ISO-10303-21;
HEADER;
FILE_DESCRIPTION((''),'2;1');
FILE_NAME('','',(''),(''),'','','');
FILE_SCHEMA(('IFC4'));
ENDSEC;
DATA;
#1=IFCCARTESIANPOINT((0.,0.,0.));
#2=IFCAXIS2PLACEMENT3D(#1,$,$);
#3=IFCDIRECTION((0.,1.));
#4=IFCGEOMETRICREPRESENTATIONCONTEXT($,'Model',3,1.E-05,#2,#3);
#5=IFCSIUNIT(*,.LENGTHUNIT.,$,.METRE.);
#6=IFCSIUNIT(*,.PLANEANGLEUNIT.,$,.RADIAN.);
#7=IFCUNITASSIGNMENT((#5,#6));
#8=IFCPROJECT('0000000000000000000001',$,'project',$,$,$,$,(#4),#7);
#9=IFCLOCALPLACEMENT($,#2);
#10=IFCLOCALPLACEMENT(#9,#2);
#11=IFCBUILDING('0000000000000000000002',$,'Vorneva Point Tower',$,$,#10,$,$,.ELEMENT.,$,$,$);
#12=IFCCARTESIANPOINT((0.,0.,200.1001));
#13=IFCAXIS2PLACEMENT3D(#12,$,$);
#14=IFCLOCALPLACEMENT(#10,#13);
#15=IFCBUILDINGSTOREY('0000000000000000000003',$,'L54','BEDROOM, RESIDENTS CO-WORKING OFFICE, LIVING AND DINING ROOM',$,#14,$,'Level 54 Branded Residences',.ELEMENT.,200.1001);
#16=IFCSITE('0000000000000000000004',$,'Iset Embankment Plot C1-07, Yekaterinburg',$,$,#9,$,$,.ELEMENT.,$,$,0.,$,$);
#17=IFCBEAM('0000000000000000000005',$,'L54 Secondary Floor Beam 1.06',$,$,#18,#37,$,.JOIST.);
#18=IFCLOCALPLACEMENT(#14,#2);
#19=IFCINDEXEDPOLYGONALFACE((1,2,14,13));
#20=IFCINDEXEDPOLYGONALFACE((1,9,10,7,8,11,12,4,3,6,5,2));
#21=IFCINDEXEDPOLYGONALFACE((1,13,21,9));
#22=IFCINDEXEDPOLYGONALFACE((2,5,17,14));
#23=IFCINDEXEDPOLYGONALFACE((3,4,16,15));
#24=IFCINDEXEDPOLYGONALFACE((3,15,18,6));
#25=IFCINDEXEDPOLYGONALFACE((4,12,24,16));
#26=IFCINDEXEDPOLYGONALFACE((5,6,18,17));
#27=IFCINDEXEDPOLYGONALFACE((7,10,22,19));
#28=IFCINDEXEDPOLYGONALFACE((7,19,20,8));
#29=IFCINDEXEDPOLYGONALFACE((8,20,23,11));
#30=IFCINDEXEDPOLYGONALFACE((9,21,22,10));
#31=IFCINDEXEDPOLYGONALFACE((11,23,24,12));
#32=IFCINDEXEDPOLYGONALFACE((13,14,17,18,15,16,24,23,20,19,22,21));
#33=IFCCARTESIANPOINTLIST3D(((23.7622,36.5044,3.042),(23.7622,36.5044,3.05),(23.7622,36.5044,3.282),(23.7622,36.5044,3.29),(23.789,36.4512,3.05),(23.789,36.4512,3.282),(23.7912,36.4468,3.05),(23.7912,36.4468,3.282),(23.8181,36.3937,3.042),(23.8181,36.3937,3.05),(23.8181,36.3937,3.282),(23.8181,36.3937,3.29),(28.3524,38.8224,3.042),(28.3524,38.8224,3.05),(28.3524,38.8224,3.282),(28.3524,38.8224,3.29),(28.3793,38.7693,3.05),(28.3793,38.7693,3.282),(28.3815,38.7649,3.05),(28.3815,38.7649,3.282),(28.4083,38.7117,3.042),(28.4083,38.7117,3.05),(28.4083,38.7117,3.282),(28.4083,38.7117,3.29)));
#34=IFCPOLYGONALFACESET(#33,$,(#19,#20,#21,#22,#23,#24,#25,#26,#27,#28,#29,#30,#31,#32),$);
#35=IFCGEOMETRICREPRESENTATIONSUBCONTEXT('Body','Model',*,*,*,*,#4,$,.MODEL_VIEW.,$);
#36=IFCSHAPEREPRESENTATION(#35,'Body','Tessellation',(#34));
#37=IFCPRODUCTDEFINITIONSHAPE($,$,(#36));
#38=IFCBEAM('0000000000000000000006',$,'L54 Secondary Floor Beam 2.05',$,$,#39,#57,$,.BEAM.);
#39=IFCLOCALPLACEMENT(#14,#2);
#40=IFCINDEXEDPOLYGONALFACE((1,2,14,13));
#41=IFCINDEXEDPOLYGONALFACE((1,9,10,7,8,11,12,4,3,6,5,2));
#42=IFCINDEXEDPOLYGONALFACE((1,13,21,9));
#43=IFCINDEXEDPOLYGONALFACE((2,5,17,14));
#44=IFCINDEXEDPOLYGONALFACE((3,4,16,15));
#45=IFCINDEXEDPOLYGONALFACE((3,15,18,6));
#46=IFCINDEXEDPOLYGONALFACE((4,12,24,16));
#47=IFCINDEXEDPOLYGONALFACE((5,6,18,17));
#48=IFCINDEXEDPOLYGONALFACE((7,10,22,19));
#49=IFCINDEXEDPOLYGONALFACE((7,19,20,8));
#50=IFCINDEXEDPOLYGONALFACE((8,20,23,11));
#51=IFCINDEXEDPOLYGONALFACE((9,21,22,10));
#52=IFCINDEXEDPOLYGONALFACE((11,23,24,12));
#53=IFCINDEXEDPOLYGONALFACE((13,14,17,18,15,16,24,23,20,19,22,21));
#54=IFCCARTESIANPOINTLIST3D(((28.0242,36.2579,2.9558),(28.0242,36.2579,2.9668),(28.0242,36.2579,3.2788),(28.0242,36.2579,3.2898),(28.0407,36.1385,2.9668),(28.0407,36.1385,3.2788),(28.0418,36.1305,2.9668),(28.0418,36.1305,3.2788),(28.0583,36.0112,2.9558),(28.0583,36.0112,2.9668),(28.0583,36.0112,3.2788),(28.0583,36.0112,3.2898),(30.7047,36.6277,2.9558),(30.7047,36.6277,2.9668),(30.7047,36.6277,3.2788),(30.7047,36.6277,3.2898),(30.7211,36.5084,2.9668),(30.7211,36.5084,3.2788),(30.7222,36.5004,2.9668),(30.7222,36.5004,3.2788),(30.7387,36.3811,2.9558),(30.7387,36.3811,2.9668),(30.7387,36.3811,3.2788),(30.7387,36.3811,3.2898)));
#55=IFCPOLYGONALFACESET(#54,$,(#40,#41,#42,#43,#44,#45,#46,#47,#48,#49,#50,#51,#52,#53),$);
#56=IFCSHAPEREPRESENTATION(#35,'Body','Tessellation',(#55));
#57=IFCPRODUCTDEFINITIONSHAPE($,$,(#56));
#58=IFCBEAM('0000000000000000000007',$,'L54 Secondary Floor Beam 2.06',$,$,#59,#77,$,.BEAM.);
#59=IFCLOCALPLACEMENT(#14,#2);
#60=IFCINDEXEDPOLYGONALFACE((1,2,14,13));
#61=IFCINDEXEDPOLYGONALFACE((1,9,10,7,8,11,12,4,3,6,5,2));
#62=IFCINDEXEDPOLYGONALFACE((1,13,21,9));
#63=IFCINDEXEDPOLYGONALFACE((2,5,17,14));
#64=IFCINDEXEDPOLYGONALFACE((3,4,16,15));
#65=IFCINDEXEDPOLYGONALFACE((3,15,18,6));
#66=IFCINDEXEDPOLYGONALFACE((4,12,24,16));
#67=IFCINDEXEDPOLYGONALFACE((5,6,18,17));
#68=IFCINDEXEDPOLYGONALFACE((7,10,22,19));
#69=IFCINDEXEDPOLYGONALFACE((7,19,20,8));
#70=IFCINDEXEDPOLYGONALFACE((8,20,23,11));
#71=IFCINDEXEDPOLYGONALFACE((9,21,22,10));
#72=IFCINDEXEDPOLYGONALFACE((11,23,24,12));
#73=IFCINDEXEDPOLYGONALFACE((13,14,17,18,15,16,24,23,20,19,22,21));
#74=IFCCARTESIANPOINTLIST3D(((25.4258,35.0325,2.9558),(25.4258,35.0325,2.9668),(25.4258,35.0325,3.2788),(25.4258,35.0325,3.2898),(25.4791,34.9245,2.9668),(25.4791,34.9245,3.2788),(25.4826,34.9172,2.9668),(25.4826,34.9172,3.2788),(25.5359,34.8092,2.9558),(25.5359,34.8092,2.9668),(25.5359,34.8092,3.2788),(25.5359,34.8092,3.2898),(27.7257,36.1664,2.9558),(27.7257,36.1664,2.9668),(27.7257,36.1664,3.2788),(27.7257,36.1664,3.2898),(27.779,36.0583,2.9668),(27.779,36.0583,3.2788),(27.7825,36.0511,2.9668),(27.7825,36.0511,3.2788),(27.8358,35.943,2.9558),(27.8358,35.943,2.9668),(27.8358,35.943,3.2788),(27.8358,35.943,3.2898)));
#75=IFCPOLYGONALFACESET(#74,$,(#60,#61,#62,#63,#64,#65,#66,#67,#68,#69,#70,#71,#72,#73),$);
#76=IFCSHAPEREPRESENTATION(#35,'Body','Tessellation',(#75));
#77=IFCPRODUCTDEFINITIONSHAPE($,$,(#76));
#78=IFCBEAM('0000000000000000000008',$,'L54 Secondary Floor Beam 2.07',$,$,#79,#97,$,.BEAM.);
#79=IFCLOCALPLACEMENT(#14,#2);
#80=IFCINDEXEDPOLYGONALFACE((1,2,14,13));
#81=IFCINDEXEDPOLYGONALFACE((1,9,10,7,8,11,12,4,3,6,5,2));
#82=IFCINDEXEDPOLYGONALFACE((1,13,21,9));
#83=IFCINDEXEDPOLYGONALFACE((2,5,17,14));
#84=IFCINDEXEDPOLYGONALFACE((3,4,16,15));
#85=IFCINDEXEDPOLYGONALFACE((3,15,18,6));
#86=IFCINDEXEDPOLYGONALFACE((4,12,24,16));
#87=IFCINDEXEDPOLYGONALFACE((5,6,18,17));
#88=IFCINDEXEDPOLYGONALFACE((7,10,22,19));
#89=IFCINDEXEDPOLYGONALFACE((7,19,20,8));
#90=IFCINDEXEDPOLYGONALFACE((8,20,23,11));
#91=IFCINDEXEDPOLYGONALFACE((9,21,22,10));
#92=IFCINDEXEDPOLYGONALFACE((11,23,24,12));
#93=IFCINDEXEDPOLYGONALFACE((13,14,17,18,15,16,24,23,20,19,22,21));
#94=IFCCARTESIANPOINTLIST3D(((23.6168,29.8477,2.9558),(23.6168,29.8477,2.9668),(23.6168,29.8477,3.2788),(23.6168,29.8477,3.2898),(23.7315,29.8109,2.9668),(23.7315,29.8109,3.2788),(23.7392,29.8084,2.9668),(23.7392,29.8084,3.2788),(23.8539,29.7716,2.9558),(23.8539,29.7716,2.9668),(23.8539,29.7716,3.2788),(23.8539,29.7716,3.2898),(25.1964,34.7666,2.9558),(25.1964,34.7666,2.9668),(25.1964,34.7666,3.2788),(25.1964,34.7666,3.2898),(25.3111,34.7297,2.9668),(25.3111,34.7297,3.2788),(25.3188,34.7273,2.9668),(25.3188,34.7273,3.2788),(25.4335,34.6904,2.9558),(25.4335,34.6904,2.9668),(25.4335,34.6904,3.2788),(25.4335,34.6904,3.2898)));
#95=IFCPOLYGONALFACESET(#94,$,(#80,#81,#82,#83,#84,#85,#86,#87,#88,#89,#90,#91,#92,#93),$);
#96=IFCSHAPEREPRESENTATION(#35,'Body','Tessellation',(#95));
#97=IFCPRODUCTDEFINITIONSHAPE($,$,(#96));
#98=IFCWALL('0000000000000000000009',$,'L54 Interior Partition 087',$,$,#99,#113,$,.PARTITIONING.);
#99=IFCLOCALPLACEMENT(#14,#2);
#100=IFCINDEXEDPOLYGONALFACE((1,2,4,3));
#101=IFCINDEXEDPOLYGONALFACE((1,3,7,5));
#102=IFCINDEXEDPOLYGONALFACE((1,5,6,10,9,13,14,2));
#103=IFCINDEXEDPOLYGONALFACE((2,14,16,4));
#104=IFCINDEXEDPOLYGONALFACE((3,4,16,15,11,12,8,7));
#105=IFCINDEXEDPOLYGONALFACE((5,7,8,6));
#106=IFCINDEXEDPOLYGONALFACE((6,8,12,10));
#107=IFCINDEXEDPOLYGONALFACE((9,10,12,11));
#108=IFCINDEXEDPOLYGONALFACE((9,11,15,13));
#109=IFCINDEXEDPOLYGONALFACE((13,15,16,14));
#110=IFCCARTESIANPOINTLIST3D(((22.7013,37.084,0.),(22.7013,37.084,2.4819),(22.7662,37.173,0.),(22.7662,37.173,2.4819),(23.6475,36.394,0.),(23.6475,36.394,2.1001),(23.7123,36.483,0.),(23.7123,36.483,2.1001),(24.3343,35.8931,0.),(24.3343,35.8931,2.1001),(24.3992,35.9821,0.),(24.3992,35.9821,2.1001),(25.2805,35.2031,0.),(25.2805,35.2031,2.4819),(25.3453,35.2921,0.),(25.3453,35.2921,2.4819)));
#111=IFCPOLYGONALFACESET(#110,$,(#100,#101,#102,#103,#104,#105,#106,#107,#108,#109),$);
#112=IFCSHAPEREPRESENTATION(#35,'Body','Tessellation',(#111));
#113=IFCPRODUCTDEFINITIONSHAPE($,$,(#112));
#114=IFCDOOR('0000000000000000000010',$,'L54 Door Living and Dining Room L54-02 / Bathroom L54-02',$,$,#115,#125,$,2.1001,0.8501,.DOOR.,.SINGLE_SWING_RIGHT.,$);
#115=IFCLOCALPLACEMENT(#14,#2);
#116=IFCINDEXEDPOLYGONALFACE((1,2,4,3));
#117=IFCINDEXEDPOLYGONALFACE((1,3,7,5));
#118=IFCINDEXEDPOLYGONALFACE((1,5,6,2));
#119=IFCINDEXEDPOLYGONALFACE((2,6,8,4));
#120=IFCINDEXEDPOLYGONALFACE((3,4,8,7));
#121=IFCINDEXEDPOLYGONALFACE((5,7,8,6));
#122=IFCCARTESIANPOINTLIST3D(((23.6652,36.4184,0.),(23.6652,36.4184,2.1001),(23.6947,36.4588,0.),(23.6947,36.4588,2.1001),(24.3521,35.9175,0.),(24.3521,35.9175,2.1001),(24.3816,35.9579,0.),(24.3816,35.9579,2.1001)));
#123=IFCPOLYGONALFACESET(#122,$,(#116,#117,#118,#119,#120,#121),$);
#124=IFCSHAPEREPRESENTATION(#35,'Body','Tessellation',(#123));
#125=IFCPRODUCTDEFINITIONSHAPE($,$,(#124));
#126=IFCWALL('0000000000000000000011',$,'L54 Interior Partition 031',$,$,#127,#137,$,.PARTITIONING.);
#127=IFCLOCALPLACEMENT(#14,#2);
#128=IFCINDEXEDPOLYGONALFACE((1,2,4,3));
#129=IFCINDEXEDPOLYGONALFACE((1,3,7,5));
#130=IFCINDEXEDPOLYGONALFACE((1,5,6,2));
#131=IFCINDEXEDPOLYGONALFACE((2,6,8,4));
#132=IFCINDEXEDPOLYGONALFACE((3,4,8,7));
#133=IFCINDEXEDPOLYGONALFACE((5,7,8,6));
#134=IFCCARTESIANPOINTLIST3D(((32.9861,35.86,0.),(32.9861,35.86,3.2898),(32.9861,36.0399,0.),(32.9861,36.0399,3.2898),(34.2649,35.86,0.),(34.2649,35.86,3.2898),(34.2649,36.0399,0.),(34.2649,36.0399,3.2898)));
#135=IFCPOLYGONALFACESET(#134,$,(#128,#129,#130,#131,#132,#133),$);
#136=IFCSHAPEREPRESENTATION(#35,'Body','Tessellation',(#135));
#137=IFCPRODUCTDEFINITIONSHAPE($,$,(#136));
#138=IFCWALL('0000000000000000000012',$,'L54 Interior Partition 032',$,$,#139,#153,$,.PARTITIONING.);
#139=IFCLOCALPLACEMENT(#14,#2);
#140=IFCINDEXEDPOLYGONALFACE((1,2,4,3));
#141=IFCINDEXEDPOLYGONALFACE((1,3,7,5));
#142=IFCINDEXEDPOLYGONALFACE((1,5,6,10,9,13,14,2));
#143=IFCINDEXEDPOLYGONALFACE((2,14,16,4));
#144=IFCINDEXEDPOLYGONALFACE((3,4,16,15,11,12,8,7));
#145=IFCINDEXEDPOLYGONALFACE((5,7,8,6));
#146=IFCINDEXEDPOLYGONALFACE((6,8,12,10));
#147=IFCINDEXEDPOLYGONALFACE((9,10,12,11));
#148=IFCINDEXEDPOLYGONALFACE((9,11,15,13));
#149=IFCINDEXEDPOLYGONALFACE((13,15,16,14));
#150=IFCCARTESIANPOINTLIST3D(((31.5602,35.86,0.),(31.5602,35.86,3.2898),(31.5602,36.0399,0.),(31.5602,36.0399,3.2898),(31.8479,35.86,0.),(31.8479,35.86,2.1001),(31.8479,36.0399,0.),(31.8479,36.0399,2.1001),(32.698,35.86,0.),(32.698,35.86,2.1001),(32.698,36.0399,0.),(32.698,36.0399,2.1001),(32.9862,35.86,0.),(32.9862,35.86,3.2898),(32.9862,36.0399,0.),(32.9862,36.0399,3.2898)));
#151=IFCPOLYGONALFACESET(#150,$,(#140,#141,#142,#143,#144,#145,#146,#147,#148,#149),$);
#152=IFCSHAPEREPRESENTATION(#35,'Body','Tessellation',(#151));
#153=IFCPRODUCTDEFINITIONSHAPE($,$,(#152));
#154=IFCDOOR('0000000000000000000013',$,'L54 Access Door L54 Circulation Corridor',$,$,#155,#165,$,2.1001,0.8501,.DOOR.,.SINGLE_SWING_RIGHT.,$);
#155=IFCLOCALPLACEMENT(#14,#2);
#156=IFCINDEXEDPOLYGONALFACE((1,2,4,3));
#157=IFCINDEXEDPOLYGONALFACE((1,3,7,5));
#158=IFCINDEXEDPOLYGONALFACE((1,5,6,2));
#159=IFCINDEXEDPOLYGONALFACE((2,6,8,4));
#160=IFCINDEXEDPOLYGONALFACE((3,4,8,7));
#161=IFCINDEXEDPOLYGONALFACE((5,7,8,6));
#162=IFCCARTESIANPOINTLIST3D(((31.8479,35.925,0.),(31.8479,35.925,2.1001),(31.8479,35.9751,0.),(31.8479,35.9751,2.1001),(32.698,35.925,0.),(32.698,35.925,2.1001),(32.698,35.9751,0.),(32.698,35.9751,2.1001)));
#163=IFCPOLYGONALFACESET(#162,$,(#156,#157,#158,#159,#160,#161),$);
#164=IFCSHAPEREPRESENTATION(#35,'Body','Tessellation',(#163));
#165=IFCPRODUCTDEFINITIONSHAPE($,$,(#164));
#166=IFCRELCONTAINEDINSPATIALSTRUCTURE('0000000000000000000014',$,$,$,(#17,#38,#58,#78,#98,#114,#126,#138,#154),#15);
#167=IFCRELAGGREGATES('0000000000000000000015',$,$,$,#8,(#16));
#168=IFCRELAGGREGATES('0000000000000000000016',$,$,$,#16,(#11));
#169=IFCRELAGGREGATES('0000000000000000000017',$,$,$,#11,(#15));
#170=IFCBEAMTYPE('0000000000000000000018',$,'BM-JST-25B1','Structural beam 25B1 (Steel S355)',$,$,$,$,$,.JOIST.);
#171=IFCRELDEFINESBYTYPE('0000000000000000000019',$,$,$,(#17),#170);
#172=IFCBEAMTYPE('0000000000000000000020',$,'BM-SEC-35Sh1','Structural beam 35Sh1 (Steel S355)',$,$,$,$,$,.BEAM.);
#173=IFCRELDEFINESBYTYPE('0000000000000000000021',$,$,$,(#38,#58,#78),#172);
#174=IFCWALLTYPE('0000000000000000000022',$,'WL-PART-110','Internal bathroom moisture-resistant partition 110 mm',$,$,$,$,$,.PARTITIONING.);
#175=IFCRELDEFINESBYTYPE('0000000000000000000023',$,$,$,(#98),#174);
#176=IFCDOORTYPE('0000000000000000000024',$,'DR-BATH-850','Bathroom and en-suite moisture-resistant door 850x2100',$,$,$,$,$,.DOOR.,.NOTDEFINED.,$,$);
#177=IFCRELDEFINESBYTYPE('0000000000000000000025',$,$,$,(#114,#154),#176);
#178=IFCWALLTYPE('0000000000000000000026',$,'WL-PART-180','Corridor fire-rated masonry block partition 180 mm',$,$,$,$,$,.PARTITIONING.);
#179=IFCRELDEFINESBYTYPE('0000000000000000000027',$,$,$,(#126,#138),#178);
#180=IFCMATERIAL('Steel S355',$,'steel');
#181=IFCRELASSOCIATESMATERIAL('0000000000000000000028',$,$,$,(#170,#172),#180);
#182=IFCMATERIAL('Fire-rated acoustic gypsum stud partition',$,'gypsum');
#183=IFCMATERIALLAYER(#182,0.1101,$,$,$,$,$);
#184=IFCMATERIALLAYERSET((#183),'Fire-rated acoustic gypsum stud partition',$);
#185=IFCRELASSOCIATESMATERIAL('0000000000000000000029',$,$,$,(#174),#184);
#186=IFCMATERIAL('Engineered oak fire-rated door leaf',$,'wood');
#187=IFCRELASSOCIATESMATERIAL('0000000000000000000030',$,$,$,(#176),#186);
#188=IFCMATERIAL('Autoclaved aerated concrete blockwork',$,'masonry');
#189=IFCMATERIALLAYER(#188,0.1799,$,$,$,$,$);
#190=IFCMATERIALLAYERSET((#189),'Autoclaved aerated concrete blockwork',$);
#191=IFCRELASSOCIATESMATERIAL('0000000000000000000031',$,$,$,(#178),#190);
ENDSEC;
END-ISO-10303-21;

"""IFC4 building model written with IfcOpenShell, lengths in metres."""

from ifc_helpers import new_model, si_unit, direction, frame, frame_2d, origin, origin_2d, place, context, subcontext, project, spatial, rectangle, i_section, extrude, material, layer, layer_set, material_profile, profile_set, type_object, element, fill, save


model = new_model("IFC4")

# Units and contexts
model_context = context("Model", 3, precision=1e-05, world=origin(), true_north=direction((0.0, 1.0)))
body_context = subcontext(model_context, "Body", "Model", "MODEL_VIEW")
ifc_project = project(units=[si_unit("LENGTHUNIT", "METRE"), si_unit("PLANEANGLEUNIT", "RADIAN")], contexts=[model_context])

# Site, building, storey
site_placement = place(None, origin())
site = spatial("IfcSite", under=ifc_project, at=site_placement, Name="Iset Embankment Plot C1-07, Yekaterinburg", CompositionType="ELEMENT", RefElevation=0.0)
building_placement = place(site_placement, origin())
building = spatial("IfcBuilding", under=site, at=building_placement, Name="Vorneva Point Tower", CompositionType="ELEMENT")
storey_placement = place(building_placement, frame((0.0, 0.0, 200.1001)))
storey = spatial("IfcBuildingStorey", under=building, at=storey_placement, Name="L54", Description="BEDROOM, RESIDENTS CO-WORKING OFFICE, LIVING AND DINING ROOM", LongName="Level 54 Branded Residences", CompositionType="ELEMENT", Elevation=200.1001)

# Beams
ifc_material_1 = material(Name="Steel S355", Category="steel")
ifc_material_profile_1 = material_profile(ifc_material_1, i_section(OverallWidth=0.124, OverallDepth=0.248, WebThickness=0.0049, FlangeThickness=0.0081, at=origin_2d()), Name="25B1")
ifc_profile_set_1 = profile_set([ifc_material_profile_1], Name="Steel S355")
beam_type_1 = type_object("IfcBeamType", Name="BM-JST-25B1", Description="Structural beam 25B1 (Steel S355)", PredefinedType="JOIST", material=ifc_profile_set_1)
beam_1_placement = place(storey_placement, frame((28.3804, 38.7671, 3.166), z_axis=(-0.892635, -0.45078, 0.0), x_axis=(0.45078, -0.892635, 0.0)))
element("IfcBeam", 1, at=beam_1_placement, inside=storey, type_object=beam_type_1, Name="L54 Secondary Floor Beam 1.06", PredefinedType="JOIST", context=body_context, shape_type="SweptSolid", body=[
    extrude(i_section(OverallWidth=0.124, OverallDepth=0.248, WebThickness=0.0049, FlangeThickness=0.0081, at=origin_2d()), origin(), (0.0, 0.0, 1.0), 5.1423),
])
ifc_material_profile_2 = material_profile(ifc_material_1, i_section(OverallWidth=0.249, OverallDepth=0.334, WebThickness=0.0081, FlangeThickness=0.011, at=origin_2d()), Name="35Sh1")
ifc_profile_set_2 = profile_set([ifc_material_profile_2], Name="Steel S355")
beam_type_2 = type_object("IfcBeamType", Name="BM-SEC-35Sh1", Description="Structural beam 35Sh1 (Steel S355)", PredefinedType="BEAM", material=ifc_profile_set_2)
beam_2_placement = place(storey_placement, frame((30.7217, 36.5044, 3.1228), z_axis=(-0.990613, -0.136695, 0.0), x_axis=(0.136695, -0.990613, 0.0)))
element("IfcBeam", 2, at=beam_2_placement, inside=storey, type_object=beam_type_2, Name="L54 Secondary Floor Beam 2.05", PredefinedType="BEAM", context=body_context, shape_type="SweptSolid", body=[
    extrude(i_section(OverallWidth=0.249, OverallDepth=0.334, WebThickness=0.0081, FlangeThickness=0.011, at=origin_2d()), origin(), (0.0, 0.0, 1.0), 2.7058),
])
beam_3_placement = place(storey_placement, frame((27.7808, 36.0547, 3.1228), z_axis=(-0.896927, -0.442179, 0.0), x_axis=(0.442179, -0.896927, 0.0)))
element("IfcBeam", 3, at=beam_3_placement, inside=storey, type_object=beam_type_2, Name="L54 Secondary Floor Beam 2.06", PredefinedType="BEAM", context=body_context, shape_type="SweptSolid", body=[
    extrude(i_section(OverallWidth=0.249, OverallDepth=0.334, WebThickness=0.0081, FlangeThickness=0.011, at=origin_2d()), origin(), (0.0, 0.0, 1.0), 2.5642),
])
beam_4_placement = place(storey_placement, frame((25.3149, 34.7285, 3.1228), z_axis=(-0.305746, -0.952113, 0.0), x_axis=(0.952113, -0.305746, 0.0)))
element("IfcBeam", 4, at=beam_4_placement, inside=storey, type_object=beam_type_2, Name="L54 Secondary Floor Beam 2.07", PredefinedType="BEAM", context=body_context, shape_type="SweptSolid", body=[
    extrude(i_section(OverallWidth=0.249, OverallDepth=0.334, WebThickness=0.0081, FlangeThickness=0.011, at=origin_2d()), origin(), (0.0, 0.0, 1.0), 5.1663),
])

# Wall, opening, door
ifc_material_2 = material(Name="Fire-rated acoustic gypsum stud partition", Category="gypsum")
ifc_layer_1 = layer(ifc_material_2, 0.1101)
ifc_layer_set_1 = layer_set([ifc_layer_1], Name="Fire-rated acoustic gypsum stud partition")
wall_type_1 = type_object("IfcWallType", Name="WL-PART-110", Description="Internal bathroom moisture-resistant partition 110 mm", PredefinedType="PARTITIONING", material=ifc_layer_set_1)
wall_1_placement = place(storey_placement, frame((25.313, 35.2476, 0.0), z_axis=(0.0, 0.0, 1.0), x_axis=(-0.807968, 0.589226, 0.0)))
wall_1 = element("IfcWall", 5, at=wall_1_placement, inside=storey, type_object=wall_type_1, Name="L54 Interior Partition 087", PredefinedType="PARTITIONING", context=body_context, shape_type="SweptSolid", body=[
    extrude(rectangle(XDim=3.1921, YDim=0.1101, at=frame_2d((1.5962, 0.0))), origin(), (0.0, 0.0, 1.0), 2.4819),
])
opening_1_placement = place(wall_1_placement, frame((1.1711, 0.0, 0.0)))
opening_1 = element("IfcOpeningElement", 6, at=opening_1_placement, cuts=wall_1, PredefinedType="OPENING", context=body_context, shape_type="SweptSolid", body=[
    extrude(rectangle(XDim=0.8501, YDim=2.1001, at=frame_2d((0.425, 1.05))), frame((0.0, 0.0698, 0.0), z_axis=(0.0, -1.0, 0.0), x_axis=(1.0, 0.0, 0.0)), (0.0, 0.0, 1.0), 0.1399),
])
ifc_material_3 = material(Name="Engineered oak fire-rated door leaf", Category="wood")
door_type_1 = type_object("IfcDoorType", Name="DR-BATH-850", Description="Bathroom and en-suite moisture-resistant door 850x2100", OperationType="NOTDEFINED", PredefinedType="DOOR", material=ifc_material_3)
door_1_placement = place(opening_1_placement, origin())
door_1 = element("IfcDoor", 7, at=door_1_placement, inside=storey, type_object=door_type_1, Name="L54 Door Living and Dining Room L54-02 / Bathroom L54-02", OperationType="SINGLE_SWING_RIGHT", OverallHeight=2.1001, OverallWidth=0.8501, PredefinedType="DOOR", context=body_context, shape_type="SweptSolid", body=[
    extrude(rectangle(XDim=0.8501, YDim=2.1001, at=frame_2d((0.425, 1.05))), frame((0.0, 0.0249, 0.0), z_axis=(0.0, -1.0, 0.0), x_axis=(1.0, 0.0, 0.0)), (0.0, 0.0, 1.0), 0.05),
])
fill(opening_1, door_1)
ifc_material_4 = material(Name="Autoclaved aerated concrete blockwork", Category="masonry")
ifc_layer_2 = layer(ifc_material_4, 0.1799)
ifc_layer_set_2 = layer_set([ifc_layer_2], Name="Autoclaved aerated concrete blockwork")
wall_type_2 = type_object("IfcWallType", Name="WL-PART-180", Description="Corridor fire-rated masonry block partition 180 mm", PredefinedType="PARTITIONING", material=ifc_layer_set_2)

# Wall
wall_2_placement = place(storey_placement, frame((34.2649, 35.95, 0.0), z_axis=(0.0, 0.0, 1.0), x_axis=(-1.0, 0.0, 0.0)))
element("IfcWall", 8, at=wall_2_placement, inside=storey, type_object=wall_type_2, Name="L54 Interior Partition 031", PredefinedType="PARTITIONING", context=body_context, shape_type="SweptSolid", body=[
    extrude(rectangle(XDim=1.2788, YDim=0.1799, at=frame_2d((0.6394, 0.0))), origin(), (0.0, 0.0, 1.0), 3.2898),
])

# Wall, opening, door
wall_3_placement = place(storey_placement, frame((32.9861, 35.95, 0.0), z_axis=(0.0, 0.0, 1.0), x_axis=(-1.0, 0.0, 0.0)))
wall_3 = element("IfcWall", 9, at=wall_3_placement, inside=storey, type_object=wall_type_2, Name="L54 Interior Partition 032", PredefinedType="PARTITIONING", context=body_context, shape_type="SweptSolid", body=[
    extrude(rectangle(XDim=1.426, YDim=0.1799, at=frame_2d((0.7129, 0.0))), origin(), (0.0, 0.0, 1.0), 3.2898),
])
opening_2_placement = place(wall_3_placement, frame((0.2881, 0.0, 0.0)))
opening_2 = element("IfcOpeningElement", 10, at=opening_2_placement, cuts=wall_3, PredefinedType="OPENING", context=body_context, shape_type="SweptSolid", body=[
    extrude(rectangle(XDim=0.8501, YDim=2.1001, at=frame_2d((0.425, 1.05))), frame((0.0, 0.105, 0.0), z_axis=(0.0, -1.0, 0.0), x_axis=(1.0, 0.0, 0.0)), (0.0, 0.0, 1.0), 0.2097),
])
door_2_placement = place(opening_2_placement, origin())
door_2 = element("IfcDoor", 11, at=door_2_placement, inside=storey, type_object=door_type_1, Name="L54 Access Door L54 Circulation Corridor", OperationType="SINGLE_SWING_RIGHT", OverallHeight=2.1001, OverallWidth=0.8501, PredefinedType="DOOR", context=body_context, shape_type="SweptSolid", body=[
    extrude(rectangle(XDim=0.8501, YDim=2.1001, at=frame_2d((0.425, 1.05))), frame((0.0, 0.0249, 0.0), z_axis=(0.0, -1.0, 0.0), x_axis=(1.0, 0.0, 0.0)), (0.0, 0.0, 1.0), 0.05),
])
fill(opening_2, door_2)

save(model, "model.ifc")
